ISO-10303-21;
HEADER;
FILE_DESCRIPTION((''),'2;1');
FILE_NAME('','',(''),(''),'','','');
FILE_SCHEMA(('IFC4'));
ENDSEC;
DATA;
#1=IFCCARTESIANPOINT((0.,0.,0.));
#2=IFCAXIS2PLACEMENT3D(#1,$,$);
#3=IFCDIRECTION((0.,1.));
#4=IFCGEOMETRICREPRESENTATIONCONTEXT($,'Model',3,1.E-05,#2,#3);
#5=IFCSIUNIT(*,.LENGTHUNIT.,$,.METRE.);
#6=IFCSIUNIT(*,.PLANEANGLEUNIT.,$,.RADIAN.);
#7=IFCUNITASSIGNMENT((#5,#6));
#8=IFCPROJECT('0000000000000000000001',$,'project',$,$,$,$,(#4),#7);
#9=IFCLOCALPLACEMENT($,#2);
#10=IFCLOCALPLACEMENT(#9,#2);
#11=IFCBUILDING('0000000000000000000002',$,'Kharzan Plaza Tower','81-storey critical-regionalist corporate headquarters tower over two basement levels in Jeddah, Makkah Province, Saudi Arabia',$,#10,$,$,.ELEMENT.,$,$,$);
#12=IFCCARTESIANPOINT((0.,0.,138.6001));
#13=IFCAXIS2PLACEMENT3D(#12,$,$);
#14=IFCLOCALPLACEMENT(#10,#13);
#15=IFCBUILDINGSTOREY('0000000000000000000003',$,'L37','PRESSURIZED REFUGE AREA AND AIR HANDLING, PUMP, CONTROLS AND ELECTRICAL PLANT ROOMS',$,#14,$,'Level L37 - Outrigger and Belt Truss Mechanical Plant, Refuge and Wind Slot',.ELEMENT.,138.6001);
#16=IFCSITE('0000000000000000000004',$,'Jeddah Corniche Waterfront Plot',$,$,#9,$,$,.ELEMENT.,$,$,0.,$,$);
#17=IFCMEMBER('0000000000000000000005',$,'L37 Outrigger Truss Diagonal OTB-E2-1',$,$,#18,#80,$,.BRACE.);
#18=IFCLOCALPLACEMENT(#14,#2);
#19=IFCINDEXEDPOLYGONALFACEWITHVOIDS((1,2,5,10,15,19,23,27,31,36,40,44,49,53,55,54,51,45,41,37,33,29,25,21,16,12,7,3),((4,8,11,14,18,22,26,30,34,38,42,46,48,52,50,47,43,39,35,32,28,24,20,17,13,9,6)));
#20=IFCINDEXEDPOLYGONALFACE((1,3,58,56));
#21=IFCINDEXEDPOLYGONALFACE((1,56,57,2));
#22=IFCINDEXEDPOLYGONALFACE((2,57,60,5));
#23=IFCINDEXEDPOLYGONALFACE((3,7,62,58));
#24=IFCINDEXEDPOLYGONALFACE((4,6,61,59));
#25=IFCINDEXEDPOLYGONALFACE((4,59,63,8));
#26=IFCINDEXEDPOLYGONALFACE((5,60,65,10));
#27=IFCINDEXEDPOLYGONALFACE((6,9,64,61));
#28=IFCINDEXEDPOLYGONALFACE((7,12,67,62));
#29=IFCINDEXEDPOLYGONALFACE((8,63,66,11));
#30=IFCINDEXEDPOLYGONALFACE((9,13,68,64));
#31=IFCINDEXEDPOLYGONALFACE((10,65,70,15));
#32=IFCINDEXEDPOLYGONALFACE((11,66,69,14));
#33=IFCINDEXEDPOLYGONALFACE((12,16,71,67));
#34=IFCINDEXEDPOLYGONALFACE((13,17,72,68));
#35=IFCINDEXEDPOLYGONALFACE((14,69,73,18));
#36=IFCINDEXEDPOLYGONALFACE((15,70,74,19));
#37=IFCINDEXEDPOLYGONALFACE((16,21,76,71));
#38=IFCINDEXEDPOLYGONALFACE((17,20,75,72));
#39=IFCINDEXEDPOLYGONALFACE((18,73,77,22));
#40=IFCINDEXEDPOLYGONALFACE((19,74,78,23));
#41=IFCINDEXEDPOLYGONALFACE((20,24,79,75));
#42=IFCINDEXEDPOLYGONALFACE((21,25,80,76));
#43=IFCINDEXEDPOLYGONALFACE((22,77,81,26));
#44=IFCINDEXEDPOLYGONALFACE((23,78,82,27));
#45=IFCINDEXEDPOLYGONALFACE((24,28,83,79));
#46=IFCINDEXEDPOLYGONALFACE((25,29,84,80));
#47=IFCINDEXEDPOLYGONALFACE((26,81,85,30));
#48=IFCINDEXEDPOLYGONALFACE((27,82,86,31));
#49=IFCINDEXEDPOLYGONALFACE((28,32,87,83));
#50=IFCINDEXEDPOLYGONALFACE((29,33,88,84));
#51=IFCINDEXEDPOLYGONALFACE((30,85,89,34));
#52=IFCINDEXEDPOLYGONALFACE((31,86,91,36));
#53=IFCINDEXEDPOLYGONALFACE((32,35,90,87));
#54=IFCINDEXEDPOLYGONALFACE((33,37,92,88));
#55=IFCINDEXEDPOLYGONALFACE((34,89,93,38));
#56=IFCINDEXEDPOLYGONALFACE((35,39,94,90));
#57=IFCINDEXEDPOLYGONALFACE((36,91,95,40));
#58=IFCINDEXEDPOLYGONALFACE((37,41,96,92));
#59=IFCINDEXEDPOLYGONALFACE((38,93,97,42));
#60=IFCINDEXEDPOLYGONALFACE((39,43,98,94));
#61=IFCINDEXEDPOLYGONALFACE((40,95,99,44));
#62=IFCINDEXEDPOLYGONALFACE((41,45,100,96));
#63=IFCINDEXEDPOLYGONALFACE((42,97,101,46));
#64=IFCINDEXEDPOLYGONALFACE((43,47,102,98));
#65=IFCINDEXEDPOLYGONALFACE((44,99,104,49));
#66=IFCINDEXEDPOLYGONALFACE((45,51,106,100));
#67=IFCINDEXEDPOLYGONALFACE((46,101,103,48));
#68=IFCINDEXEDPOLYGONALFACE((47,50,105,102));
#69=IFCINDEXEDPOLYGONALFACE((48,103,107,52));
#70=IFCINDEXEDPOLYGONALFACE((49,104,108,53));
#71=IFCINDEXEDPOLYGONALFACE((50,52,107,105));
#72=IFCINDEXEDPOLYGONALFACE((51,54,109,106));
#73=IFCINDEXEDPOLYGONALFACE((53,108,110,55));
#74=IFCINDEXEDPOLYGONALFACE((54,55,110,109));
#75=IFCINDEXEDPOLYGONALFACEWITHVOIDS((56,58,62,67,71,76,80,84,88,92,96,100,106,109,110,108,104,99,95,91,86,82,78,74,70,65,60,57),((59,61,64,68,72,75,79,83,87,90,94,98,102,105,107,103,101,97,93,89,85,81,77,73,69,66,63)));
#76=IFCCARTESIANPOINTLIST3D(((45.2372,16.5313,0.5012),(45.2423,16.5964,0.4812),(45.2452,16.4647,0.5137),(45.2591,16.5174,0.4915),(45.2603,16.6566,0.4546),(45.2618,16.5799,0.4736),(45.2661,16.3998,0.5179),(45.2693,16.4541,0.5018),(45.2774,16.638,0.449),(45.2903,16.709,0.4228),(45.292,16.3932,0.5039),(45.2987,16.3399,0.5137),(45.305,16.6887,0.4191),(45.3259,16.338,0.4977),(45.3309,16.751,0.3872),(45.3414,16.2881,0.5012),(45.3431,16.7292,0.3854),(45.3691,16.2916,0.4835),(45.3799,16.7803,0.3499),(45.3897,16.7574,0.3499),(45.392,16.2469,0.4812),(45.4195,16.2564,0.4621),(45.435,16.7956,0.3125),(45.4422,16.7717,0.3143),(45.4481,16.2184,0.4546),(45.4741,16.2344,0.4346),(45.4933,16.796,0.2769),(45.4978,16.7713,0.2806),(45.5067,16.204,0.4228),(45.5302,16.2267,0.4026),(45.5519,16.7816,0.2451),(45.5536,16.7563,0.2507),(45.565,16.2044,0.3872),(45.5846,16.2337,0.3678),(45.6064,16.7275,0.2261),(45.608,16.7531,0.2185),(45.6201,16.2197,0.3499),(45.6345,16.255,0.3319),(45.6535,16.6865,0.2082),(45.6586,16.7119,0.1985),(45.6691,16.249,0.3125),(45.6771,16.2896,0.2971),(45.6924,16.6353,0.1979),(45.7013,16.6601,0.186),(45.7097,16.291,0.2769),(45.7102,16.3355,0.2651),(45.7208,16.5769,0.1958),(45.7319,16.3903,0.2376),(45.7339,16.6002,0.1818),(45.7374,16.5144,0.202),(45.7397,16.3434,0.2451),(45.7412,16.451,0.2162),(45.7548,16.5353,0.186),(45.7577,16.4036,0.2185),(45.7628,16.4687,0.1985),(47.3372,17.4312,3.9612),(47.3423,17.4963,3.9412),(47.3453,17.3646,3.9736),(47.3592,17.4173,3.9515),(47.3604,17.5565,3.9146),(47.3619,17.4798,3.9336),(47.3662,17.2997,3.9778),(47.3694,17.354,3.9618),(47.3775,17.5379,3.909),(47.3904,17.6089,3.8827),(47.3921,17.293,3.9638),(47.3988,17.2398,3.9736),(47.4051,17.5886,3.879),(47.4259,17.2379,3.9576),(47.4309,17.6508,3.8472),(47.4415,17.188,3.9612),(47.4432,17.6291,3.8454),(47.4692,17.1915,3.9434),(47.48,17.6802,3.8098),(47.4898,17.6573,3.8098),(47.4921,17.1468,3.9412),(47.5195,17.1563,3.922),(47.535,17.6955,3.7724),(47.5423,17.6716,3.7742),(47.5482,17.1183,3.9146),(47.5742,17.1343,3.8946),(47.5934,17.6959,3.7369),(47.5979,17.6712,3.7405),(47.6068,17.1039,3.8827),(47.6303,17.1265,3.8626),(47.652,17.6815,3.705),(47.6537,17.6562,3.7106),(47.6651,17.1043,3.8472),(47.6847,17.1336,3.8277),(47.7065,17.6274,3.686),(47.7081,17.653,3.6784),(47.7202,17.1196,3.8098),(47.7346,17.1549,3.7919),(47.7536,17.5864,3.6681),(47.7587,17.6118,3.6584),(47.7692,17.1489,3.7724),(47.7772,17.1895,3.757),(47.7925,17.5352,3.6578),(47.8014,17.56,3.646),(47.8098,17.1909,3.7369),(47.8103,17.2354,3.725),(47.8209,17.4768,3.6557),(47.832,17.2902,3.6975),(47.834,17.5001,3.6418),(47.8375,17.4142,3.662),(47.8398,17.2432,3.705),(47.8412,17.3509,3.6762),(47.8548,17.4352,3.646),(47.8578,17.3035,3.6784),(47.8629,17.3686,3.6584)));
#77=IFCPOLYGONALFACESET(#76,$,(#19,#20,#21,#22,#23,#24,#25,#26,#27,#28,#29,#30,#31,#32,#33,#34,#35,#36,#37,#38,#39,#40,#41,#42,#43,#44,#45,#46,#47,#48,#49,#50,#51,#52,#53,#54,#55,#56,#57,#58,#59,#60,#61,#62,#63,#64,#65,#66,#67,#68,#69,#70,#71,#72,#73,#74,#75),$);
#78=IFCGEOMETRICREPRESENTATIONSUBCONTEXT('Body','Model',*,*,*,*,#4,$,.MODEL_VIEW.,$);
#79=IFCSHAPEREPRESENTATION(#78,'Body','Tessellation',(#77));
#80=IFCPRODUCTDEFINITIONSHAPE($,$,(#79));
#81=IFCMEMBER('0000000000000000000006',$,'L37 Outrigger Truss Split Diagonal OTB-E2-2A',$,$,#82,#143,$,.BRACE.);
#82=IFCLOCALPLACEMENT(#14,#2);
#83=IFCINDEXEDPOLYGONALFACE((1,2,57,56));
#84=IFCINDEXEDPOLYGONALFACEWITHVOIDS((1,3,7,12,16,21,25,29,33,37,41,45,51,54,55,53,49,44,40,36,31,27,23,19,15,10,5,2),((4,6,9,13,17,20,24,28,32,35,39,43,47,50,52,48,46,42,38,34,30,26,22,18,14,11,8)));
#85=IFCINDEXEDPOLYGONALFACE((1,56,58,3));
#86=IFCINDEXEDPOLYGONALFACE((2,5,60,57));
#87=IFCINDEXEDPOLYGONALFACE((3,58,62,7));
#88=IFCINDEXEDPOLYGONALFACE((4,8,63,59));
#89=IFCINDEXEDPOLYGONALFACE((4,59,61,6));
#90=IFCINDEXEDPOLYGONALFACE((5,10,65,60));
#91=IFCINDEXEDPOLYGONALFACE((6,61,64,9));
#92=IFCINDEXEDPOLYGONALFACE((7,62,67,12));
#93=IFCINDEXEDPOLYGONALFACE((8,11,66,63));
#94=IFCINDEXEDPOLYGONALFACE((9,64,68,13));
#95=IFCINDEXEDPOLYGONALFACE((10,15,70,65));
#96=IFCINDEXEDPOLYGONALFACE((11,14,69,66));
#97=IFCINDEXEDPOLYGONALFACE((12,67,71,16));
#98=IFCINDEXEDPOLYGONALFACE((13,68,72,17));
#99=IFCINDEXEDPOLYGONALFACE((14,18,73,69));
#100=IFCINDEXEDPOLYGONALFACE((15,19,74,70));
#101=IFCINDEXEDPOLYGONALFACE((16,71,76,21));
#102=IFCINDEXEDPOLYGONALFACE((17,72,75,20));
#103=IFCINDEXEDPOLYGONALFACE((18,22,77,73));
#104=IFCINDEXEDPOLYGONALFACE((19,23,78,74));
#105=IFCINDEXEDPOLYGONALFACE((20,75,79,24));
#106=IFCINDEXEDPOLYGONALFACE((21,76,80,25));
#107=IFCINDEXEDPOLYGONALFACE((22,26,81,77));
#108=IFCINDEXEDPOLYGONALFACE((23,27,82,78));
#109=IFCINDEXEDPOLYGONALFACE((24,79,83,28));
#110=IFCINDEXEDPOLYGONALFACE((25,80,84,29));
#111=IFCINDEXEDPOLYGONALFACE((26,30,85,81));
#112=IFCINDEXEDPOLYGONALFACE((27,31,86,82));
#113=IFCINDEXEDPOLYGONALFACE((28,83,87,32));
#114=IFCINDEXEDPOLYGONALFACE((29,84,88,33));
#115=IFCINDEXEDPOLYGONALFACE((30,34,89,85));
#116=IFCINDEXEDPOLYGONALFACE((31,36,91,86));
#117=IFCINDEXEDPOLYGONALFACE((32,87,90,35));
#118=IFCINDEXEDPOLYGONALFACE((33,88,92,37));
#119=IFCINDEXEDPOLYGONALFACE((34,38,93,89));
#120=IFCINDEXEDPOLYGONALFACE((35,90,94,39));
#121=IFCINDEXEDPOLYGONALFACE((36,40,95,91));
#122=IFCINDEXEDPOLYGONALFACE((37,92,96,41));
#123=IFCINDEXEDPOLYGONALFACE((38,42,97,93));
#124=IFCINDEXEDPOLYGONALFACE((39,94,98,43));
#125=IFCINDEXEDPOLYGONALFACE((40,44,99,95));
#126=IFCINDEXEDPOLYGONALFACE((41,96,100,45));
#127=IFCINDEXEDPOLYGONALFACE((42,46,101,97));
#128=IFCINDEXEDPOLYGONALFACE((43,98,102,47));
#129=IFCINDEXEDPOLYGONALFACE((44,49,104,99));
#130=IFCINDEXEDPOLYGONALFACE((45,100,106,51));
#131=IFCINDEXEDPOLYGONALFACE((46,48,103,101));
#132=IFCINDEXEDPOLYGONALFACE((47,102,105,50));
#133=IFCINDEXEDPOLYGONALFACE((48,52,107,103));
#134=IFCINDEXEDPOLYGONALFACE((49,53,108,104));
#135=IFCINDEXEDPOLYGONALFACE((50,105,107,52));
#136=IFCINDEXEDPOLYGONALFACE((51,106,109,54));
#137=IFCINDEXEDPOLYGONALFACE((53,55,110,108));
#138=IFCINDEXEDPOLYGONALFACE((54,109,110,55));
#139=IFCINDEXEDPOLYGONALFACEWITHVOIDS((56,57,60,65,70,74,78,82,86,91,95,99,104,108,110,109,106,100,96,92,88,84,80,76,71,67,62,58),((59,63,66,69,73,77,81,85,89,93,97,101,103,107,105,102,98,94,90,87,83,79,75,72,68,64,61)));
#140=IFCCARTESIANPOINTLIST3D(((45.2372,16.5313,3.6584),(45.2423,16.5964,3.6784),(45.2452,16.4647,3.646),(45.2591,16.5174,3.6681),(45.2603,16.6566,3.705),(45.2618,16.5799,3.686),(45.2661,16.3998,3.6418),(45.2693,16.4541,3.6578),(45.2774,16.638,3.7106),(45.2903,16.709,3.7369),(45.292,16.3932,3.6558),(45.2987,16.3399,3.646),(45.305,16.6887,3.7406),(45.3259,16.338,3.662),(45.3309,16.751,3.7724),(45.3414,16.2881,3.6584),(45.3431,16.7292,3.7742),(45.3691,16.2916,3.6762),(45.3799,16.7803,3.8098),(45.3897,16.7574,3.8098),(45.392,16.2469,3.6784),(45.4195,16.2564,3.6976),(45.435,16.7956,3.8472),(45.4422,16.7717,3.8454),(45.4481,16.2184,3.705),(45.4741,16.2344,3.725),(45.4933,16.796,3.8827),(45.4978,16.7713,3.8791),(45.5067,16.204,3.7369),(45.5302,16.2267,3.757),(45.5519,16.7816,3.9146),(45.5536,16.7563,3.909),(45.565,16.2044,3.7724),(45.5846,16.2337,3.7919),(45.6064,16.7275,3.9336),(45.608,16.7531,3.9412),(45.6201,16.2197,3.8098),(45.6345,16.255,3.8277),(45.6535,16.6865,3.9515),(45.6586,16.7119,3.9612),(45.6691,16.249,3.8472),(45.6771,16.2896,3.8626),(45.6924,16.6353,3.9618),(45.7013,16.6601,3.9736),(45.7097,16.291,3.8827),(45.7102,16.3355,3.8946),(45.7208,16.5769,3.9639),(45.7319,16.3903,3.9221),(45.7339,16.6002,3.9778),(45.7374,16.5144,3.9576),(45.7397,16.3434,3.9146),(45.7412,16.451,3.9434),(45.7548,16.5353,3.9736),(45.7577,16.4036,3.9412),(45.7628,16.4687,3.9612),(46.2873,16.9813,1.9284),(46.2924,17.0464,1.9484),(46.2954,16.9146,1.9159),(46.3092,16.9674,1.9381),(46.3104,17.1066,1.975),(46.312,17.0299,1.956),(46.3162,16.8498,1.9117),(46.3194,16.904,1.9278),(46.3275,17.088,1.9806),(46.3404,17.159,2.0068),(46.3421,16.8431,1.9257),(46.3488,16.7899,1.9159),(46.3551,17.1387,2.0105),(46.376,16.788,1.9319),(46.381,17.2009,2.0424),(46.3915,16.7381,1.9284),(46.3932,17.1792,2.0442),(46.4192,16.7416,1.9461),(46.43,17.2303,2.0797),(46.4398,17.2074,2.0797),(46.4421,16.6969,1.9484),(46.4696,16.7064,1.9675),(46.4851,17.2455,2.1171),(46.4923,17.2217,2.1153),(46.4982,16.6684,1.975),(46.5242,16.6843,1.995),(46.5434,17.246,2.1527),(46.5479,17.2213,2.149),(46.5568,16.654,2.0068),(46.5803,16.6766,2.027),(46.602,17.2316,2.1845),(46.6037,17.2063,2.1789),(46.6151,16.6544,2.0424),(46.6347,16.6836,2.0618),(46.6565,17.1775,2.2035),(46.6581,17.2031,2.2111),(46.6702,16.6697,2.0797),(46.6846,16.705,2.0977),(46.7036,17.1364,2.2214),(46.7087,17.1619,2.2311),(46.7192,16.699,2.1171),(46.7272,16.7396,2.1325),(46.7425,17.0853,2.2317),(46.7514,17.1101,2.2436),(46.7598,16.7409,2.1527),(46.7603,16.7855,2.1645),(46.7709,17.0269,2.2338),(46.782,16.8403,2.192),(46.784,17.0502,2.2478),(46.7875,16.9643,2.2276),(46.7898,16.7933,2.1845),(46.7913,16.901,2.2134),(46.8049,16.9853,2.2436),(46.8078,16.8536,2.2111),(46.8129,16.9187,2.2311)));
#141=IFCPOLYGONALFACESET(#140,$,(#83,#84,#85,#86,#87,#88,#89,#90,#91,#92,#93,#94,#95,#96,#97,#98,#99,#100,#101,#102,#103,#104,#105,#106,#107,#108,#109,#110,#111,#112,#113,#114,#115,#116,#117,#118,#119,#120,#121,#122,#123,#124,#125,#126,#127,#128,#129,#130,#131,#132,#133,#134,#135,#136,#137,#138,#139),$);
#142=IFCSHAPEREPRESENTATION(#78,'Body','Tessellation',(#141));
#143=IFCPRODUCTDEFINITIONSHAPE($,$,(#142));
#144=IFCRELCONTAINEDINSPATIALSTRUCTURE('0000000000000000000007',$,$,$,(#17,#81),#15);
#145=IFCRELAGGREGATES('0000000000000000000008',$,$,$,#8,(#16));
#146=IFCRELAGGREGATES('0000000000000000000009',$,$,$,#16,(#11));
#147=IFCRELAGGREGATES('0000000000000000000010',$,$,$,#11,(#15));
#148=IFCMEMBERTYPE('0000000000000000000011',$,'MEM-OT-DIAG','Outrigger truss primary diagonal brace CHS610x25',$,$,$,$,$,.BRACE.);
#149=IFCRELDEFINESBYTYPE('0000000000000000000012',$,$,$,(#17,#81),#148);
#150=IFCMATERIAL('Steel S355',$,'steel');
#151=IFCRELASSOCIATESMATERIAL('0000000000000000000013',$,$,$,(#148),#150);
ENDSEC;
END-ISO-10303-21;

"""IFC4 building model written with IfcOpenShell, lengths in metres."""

from ifc_helpers import new_model, si_unit, direction, frame, origin, origin_2d, place, context, subcontext, project, spatial, hollow_circle, extrude, source, transform, mapped, material, material_profile, profile_set, type_object, element, save


model = new_model("IFC4")

# Units and contexts
model_context = context("Model", 3, precision=1e-05, world=origin(), true_north=direction((0.0, 1.0)))
body_context = subcontext(model_context, "Body", "Model", "MODEL_VIEW")
ifc_project = project(units=[si_unit("LENGTHUNIT", "METRE"), si_unit("PLANEANGLEUNIT", "RADIAN")], contexts=[model_context])

# Site, building, storey
site_placement = place(None, origin())
site = spatial("IfcSite", under=ifc_project, at=site_placement, Name="Jeddah Corniche Waterfront Plot", CompositionType="ELEMENT", RefElevation=0.0)
building_placement = place(site_placement, origin())
building = spatial("IfcBuilding", under=site, at=building_placement, Name="Kharzan Plaza Tower", Description="81-storey critical-regionalist corporate headquarters tower over two basement levels in Jeddah, Makkah Province, Saudi Arabia", CompositionType="ELEMENT")
storey_placement = place(building_placement, frame((0.0, 0.0, 138.6001)))
storey = spatial("IfcBuildingStorey", under=building, at=storey_placement, Name="L37", Description="PRESSURIZED REFUGE AREA AND AIR HANDLING, PUMP, CONTROLS AND ELECTRICAL PLANT ROOMS", LongName="Level L37 - Outrigger and Belt Truss Mechanical Plant, Refuge and Wind Slot", CompositionType="ELEMENT", Elevation=138.6001)

# Shared definitions
ifc_material_1 = material(Name="Steel S355", Category="steel")

# Members
ifc_material_profile_1 = material_profile(ifc_material_1, hollow_circle(Radius=0.3049, WallThickness=0.0249, at=origin_2d()), Name="CHS610x25")
ifc_profile_set_1 = profile_set([ifc_material_profile_1], Name="Steel S355")
member_type_1 = type_object("IfcMemberType", Name="MEM-OT-DIAG", Description="Outrigger truss primary diagonal brace CHS610x25", PredefinedType="BRACE", material=ifc_profile_set_1)
shared_shape_1 = source(origin(), body_context, "Body", "SweptSolid", [
    extrude(hollow_circle(Radius=0.3049, WallThickness=0.0249, at=origin_2d()), origin(), (0.0, 0.0, 1.0), 4.1462),
])
member_1_placement = place(storey_placement, frame((45.5, 16.5, 0.3499), z_axis=(0.506503, 0.217039, 0.834475), x_axis=(-0.393868, 0.919167, 0.0)))
element("IfcMember", 1, at=member_1_placement, inside=storey, type_object=member_type_1, Name="L37 Outrigger Truss Diagonal OTB-E2-1", PredefinedType="BRACE", context=body_context, shape_type="MappedRepresentation", body=[
    mapped(shared_shape_1, transform((0.0, 0.0, 0.0), x_axis=(1.0, 0.0, 0.0), y_axis=(0.0, 1.0, 0.0), z_axis=(0.0, 0.0, 1.0))),
])
shared_shape_2 = source(origin(), body_context, "Body", "SweptSolid", [
    extrude(hollow_circle(Radius=0.3049, WallThickness=0.0249, at=origin_2d()), origin(), (0.0, 0.0, 1.0), 2.0732),
])
for number, where, z_axis, x_axis, name in (
    (2, (45.5, 16.5, 3.8098), (0.506503, 0.217039, -0.834475), (-0.393868, 0.919167, 0.0), "L37 Outrigger Truss Split Diagonal OTB-E2-2A"),
):
    element("IfcMember", number, at=place(storey_placement, frame(where, z_axis=z_axis, x_axis=x_axis)), inside=storey, type_object=member_type_1, Name=name, PredefinedType="BRACE", context=body_context, shape_type="MappedRepresentation", body=[
        mapped(shared_shape_2, transform((0.0, 0.0, 0.0), x_axis=(1.0, 0.0, 0.0), y_axis=(0.0, 1.0, 0.0), z_axis=(0.0, 0.0, 1.0))),
    ])

save(model, "model.ifc")
